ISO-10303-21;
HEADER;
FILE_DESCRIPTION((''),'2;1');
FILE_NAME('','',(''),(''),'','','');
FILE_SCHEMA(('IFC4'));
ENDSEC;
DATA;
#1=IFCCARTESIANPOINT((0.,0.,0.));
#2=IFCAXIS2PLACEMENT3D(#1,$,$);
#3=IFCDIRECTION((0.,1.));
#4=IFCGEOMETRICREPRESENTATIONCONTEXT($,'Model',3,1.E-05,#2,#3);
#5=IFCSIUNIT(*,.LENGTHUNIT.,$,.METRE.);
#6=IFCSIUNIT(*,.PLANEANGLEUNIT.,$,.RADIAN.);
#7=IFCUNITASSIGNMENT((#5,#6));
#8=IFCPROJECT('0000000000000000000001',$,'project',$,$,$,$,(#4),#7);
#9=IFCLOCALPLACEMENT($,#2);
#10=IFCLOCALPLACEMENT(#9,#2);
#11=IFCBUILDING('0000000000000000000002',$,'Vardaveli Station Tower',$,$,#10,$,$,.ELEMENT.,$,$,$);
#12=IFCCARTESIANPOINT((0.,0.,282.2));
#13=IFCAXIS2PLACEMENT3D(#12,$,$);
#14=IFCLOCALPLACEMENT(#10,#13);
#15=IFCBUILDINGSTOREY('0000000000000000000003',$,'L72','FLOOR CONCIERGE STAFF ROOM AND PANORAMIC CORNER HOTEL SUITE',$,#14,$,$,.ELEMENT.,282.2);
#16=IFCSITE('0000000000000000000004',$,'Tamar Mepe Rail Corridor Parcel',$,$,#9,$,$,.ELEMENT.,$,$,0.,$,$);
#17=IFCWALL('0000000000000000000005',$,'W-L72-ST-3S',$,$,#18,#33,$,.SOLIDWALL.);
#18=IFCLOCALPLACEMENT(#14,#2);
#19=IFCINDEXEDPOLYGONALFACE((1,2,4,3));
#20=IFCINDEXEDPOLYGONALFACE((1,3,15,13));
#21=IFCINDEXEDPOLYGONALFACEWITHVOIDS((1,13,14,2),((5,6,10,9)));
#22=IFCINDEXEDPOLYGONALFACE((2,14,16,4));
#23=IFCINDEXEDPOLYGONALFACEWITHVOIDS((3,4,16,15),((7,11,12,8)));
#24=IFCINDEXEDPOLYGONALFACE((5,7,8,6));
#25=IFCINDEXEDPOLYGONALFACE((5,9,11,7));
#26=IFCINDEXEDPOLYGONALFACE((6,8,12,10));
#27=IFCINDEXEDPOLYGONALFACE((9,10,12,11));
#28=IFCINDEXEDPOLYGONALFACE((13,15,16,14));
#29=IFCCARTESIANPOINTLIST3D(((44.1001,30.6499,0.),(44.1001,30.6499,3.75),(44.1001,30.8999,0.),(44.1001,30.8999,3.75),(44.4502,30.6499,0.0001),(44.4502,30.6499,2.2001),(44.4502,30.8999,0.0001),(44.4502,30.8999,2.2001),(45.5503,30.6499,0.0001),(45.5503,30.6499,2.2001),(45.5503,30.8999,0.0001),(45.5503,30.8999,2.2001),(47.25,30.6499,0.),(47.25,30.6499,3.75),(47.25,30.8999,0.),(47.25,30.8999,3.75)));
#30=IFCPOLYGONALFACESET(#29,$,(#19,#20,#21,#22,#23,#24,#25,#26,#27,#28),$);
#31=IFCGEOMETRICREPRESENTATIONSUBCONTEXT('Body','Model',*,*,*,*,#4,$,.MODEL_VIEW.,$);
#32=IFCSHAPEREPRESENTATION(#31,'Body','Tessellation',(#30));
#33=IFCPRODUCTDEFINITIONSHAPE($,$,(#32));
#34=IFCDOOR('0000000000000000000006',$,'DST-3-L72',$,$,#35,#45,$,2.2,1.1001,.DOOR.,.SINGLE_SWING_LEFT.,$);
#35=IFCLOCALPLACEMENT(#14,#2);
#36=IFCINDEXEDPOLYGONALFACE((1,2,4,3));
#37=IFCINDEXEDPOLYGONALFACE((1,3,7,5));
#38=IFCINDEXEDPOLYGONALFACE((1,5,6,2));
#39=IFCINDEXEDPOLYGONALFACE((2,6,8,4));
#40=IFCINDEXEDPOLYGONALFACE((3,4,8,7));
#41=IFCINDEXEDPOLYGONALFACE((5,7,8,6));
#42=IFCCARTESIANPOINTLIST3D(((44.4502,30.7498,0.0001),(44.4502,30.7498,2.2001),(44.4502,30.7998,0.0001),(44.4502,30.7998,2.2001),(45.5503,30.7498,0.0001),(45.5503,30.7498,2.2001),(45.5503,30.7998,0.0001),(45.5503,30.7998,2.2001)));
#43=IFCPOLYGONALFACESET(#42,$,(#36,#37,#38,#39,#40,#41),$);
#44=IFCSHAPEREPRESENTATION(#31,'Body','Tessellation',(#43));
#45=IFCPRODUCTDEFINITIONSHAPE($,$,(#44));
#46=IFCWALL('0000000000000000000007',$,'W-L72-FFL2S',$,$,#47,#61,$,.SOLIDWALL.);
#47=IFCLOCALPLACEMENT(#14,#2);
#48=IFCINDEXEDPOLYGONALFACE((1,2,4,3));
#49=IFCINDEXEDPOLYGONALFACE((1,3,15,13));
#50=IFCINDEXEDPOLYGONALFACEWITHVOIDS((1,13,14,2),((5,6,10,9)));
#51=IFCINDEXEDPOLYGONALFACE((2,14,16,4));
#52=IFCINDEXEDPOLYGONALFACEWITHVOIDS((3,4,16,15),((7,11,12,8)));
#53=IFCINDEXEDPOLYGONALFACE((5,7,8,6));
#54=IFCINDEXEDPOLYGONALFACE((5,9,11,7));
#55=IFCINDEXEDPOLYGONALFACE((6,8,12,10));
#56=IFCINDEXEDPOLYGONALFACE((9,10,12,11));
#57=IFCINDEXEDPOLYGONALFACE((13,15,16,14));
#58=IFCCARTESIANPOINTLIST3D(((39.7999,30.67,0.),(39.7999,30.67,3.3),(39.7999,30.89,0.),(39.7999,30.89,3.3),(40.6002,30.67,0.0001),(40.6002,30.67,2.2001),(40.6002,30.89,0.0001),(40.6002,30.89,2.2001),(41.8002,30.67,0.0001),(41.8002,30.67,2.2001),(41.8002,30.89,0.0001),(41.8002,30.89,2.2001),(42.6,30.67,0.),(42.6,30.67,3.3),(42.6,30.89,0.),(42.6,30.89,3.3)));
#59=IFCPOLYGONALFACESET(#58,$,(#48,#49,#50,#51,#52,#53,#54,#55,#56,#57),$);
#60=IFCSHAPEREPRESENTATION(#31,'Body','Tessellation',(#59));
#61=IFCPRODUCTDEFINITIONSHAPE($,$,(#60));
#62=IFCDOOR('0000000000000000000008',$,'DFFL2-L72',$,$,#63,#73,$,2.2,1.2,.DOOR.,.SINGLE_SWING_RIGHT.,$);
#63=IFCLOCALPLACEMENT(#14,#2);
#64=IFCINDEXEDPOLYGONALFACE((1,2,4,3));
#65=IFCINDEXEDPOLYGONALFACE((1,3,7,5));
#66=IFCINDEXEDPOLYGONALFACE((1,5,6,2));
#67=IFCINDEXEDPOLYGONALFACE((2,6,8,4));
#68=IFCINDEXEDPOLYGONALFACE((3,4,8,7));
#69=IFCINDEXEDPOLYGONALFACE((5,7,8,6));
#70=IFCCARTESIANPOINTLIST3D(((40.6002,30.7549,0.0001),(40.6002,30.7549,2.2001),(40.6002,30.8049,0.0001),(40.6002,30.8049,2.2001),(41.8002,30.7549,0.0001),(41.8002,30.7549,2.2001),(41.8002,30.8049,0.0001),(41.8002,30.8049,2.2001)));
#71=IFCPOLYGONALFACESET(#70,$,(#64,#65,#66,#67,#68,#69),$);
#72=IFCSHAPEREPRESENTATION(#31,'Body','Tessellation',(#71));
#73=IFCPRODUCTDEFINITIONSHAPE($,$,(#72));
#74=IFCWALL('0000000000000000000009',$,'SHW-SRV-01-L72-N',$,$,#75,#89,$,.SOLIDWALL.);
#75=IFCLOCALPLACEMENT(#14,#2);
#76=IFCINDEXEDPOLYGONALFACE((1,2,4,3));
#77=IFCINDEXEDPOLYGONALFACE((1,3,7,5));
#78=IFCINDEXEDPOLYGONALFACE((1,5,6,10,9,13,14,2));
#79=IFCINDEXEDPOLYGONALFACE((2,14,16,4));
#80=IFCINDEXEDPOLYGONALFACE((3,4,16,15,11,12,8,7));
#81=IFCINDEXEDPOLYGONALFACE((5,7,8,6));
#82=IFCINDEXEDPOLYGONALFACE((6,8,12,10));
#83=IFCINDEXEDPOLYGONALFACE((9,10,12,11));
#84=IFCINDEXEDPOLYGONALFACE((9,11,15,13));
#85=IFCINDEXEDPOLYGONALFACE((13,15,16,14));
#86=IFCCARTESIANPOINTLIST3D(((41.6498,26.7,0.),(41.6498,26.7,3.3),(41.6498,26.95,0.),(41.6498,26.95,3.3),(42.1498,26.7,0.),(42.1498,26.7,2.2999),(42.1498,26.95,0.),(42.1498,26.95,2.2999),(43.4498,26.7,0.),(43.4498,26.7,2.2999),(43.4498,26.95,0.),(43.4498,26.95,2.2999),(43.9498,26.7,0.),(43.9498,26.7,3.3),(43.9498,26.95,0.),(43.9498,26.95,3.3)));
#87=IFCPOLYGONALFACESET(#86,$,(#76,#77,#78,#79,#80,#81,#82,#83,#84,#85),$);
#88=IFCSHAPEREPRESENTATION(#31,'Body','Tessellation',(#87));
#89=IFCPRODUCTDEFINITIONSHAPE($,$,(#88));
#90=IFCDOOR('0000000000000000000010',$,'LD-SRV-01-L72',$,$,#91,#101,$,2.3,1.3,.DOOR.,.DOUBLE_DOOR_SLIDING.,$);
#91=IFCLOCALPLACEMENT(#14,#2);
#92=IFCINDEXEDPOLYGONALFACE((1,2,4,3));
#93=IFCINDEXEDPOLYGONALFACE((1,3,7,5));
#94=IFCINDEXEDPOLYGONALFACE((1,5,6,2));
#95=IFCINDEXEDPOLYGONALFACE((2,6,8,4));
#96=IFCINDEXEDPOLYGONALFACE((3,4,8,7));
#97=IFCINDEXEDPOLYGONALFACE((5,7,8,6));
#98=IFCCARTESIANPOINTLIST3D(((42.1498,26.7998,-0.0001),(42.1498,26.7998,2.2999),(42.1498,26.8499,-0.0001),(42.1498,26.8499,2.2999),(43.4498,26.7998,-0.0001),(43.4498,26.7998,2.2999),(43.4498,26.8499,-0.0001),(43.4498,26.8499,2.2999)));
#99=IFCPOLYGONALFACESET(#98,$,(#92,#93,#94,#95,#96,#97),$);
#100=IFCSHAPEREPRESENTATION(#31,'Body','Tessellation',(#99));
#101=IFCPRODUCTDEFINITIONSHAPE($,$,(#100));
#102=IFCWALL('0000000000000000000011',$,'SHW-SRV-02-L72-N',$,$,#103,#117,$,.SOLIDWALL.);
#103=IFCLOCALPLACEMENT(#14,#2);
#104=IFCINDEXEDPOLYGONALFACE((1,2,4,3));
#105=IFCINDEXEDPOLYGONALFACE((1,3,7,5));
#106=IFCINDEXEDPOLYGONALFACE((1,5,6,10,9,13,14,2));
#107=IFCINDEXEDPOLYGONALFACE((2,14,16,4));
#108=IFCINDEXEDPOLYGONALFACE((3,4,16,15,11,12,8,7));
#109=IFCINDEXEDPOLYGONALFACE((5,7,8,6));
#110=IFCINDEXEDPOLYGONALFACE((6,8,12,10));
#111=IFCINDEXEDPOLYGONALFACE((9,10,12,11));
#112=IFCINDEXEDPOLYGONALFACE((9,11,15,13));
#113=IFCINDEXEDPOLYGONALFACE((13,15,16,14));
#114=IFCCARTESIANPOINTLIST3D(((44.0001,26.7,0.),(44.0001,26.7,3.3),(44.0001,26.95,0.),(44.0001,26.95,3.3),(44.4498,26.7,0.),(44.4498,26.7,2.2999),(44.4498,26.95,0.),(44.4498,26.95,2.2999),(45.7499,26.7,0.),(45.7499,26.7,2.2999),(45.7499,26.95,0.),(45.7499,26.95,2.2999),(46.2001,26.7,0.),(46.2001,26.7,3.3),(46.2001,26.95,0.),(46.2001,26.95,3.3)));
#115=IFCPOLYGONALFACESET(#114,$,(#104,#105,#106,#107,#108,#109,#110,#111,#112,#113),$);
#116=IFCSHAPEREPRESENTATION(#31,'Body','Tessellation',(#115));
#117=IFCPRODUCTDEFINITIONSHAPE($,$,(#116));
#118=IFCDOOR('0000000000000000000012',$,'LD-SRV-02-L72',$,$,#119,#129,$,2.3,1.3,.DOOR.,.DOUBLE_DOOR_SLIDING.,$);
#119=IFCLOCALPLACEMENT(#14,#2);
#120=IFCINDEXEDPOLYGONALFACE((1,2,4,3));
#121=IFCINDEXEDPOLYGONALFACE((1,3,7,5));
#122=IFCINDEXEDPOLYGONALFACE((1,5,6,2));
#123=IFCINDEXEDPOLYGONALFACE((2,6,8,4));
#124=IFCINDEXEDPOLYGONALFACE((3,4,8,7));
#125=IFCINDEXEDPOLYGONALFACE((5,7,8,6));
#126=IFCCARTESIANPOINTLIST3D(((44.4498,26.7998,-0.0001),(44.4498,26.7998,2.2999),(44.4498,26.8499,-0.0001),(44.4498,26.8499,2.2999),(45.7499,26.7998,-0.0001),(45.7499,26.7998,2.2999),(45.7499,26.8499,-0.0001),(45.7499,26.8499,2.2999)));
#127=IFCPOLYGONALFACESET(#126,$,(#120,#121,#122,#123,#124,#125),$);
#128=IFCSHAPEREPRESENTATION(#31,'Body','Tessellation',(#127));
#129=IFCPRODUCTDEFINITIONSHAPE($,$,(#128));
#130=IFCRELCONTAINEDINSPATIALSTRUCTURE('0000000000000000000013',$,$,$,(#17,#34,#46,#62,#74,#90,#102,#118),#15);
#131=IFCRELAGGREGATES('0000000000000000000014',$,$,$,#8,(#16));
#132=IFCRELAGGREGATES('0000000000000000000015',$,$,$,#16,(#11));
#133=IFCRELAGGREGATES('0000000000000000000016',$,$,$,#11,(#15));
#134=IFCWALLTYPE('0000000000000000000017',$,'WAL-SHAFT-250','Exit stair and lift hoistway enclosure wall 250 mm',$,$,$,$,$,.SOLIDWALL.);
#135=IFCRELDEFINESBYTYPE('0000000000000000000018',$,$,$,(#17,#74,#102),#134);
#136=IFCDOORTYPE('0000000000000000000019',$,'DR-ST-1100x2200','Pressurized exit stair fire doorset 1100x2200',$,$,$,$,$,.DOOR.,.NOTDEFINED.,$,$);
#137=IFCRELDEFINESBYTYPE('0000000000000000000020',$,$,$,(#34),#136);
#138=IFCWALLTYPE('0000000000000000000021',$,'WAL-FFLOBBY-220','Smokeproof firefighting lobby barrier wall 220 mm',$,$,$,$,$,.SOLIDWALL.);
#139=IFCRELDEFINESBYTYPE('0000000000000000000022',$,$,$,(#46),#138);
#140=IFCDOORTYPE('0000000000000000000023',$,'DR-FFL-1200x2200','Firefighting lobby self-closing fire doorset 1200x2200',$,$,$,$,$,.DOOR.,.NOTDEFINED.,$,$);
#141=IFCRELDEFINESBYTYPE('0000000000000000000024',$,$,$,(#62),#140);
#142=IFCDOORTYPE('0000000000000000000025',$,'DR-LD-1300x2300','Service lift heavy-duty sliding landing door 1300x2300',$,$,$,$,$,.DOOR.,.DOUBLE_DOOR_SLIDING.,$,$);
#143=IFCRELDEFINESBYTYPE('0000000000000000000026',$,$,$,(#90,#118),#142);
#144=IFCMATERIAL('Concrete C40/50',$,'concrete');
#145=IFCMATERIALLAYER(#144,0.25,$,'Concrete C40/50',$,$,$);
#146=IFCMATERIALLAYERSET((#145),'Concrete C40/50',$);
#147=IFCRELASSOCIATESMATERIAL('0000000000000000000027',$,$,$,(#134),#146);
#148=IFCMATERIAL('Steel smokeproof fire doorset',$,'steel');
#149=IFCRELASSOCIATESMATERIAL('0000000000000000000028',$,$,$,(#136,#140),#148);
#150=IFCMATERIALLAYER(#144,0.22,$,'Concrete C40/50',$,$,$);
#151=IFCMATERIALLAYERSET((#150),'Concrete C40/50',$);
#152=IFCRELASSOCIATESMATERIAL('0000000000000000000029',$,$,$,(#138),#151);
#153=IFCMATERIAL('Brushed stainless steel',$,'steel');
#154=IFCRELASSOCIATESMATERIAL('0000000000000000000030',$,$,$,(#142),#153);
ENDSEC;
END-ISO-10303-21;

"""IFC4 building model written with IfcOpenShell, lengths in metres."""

from ifc_helpers import new_model, si_unit, direction, frame, frame_2d, origin, place, context, subcontext, project, spatial, rectangle, extrude, source, transform, mapped, material, layer, layer_set, type_object, element, fill, save


model = new_model("IFC4")

# Units and contexts
model_context = context("Model", 3, precision=1e-05, world=origin(), true_north=direction((0.0, 1.0)))
body_context = subcontext(model_context, "Body", "Model", "MODEL_VIEW")
ifc_project = project(units=[si_unit("LENGTHUNIT", "METRE"), si_unit("PLANEANGLEUNIT", "RADIAN")], contexts=[model_context])

# Site, building, storey
site_placement = place(None, origin())
site = spatial("IfcSite", under=ifc_project, at=site_placement, Name="Tamar Mepe Rail Corridor Parcel", CompositionType="ELEMENT", RefElevation=0.0)
building_placement = place(site_placement, origin())
building = spatial("IfcBuilding", under=site, at=building_placement, Name="Vardaveli Station Tower", CompositionType="ELEMENT")
storey_placement = place(building_placement, frame((0.0, 0.0, 282.2)))
storey = spatial("IfcBuildingStorey", under=building, at=storey_placement, Name="L72", Description="FLOOR CONCIERGE STAFF ROOM AND PANORAMIC CORNER HOTEL SUITE", CompositionType="ELEMENT", Elevation=282.2)

# Shared definitions
ifc_material_1 = material(Name="Concrete C40/50", Category="concrete")
ifc_layer_1 = layer(ifc_material_1, 0.25, Name="Concrete C40/50")
ifc_layer_set_1 = layer_set([ifc_layer_1], Name="Concrete C40/50")
wall_type_1 = type_object("IfcWallType", Name="WAL-SHAFT-250", Description="Exit stair and lift hoistway enclosure wall 250 mm", PredefinedType="SOLIDWALL", material=ifc_layer_set_1)

# Walls, openings, doors
shared_shape_1 = source(origin(), body_context, "Body", "SweptSolid", [
    extrude(rectangle(XDim=3.1499, YDim=0.25, at=frame_2d((1.575, 0.0))), origin(), (0.0, 0.0, 1.0), 3.75),
])
wall_1_placement = place(storey_placement, frame((44.1001, 30.7749, 0.0), z_axis=(0.0, 0.0, 1.0), x_axis=(1.0, 0.0, 0.0)))
wall_1 = element("IfcWall", 1, at=wall_1_placement, inside=storey, type_object=wall_type_1, Name="W-L72-ST-3S", PredefinedType="SOLIDWALL", context=body_context, shape_type="MappedRepresentation", body=[
    mapped(shared_shape_1, transform((0.0, 0.0, 0.0), scale=1.0)),
])
shared_shape_2 = source(origin(), body_context, "Body", "SweptSolid", [
    extrude(rectangle(XDim=1.1001, YDim=2.2, at=frame_2d((0.55, 1.1001))), frame((0.0, 0.135, 0.0), z_axis=(0.0, -1.0, 0.0), x_axis=(1.0, 0.0, 0.0)), (0.0, 0.0, 1.0), 0.27),
])
opening_1_placement = place(wall_1_placement, frame((0.3501, 0.0, 0.0)))
opening_1 = element("IfcOpeningElement", 2, at=opening_1_placement, cuts=wall_1, PredefinedType="OPENING", context=body_context, shape_type="MappedRepresentation", body=[
    mapped(shared_shape_2, transform((0.0, 0.0, 0.0), scale=1.0)),
])
ifc_material_2 = material(Name="Steel smokeproof fire doorset", Category="steel")
door_type_1 = type_object("IfcDoorType", Name="DR-ST-1100x2200", Description="Pressurized exit stair fire doorset 1100x2200", OperationType="NOTDEFINED", PredefinedType="DOOR", material=ifc_material_2)
shared_shape_3 = source(origin(), body_context, "Body", "SweptSolid", [
    extrude(rectangle(XDim=1.1001, YDim=2.2, at=frame_2d((0.55, 1.1001))), frame((0.0, 0.0249, 0.0), z_axis=(0.0, -1.0, 0.0), x_axis=(1.0, 0.0, 0.0)), (0.0, 0.0, 1.0), 0.05),
])
door_1_placement = place(opening_1_placement, origin())
door_1 = element("IfcDoor", 3, at=door_1_placement, inside=storey, type_object=door_type_1, Name="DST-3-L72", OperationType="SINGLE_SWING_LEFT", OverallHeight=2.2, OverallWidth=1.1001, PredefinedType="DOOR", context=body_context, shape_type="MappedRepresentation", body=[
    mapped(shared_shape_3, transform((0.0, 0.0, 0.0), scale=1.0)),
])
fill(opening_1, door_1)
ifc_layer_2 = layer(ifc_material_1, 0.22, Name="Concrete C40/50")
ifc_layer_set_2 = layer_set([ifc_layer_2], Name="Concrete C40/50")
wall_type_2 = type_object("IfcWallType", Name="WAL-FFLOBBY-220", Description="Smokeproof firefighting lobby barrier wall 220 mm", PredefinedType="SOLIDWALL", material=ifc_layer_set_2)
shared_shape_4 = source(origin(), body_context, "Body", "SweptSolid", [
    extrude(rectangle(XDim=2.8, YDim=0.22, at=frame_2d((1.3999, 0.0))), origin(), (0.0, 0.0, 1.0), 3.3),
])
wall_2_placement = place(storey_placement, frame((39.8, 30.78, 0.0), z_axis=(0.0, 0.0, 1.0), x_axis=(1.0, 0.0, 0.0)))
wall_2 = element("IfcWall", 4, at=wall_2_placement, inside=storey, type_object=wall_type_2, Name="W-L72-FFL2S", PredefinedType="SOLIDWALL", context=body_context, shape_type="MappedRepresentation", body=[
    mapped(shared_shape_4, transform((0.0, 0.0, 0.0), scale=1.0)),
])
shared_shape_5 = source(origin(), body_context, "Body", "SweptSolid", [
    extrude(rectangle(XDim=1.2, YDim=2.2, at=frame_2d((0.6001, 1.1001))), frame((0.0, 0.1201, 0.0), z_axis=(0.0, -1.0, 0.0), x_axis=(1.0, 0.0, 0.0)), (0.0, 0.0, 1.0), 0.24),
])
opening_2_placement = place(wall_2_placement, frame((0.8, 0.0, 0.0)))
opening_2 = element("IfcOpeningElement", 5, at=opening_2_placement, cuts=wall_2, PredefinedType="OPENING", context=body_context, shape_type="MappedRepresentation", body=[
    mapped(shared_shape_5, transform((0.0, 0.0, 0.0), scale=1.0)),
])
door_type_2 = type_object("IfcDoorType", Name="DR-FFL-1200x2200", Description="Firefighting lobby self-closing fire doorset 1200x2200", OperationType="NOTDEFINED", PredefinedType="DOOR", material=ifc_material_2)
shared_shape_6 = source(origin(), body_context, "Body", "SweptSolid", [
    extrude(rectangle(XDim=1.2, YDim=2.2, at=frame_2d((0.6001, 1.1001))), frame((0.0, 0.0249, 0.0), z_axis=(0.0, -1.0, 0.0), x_axis=(1.0, 0.0, 0.0)), (0.0, 0.0, 1.0), 0.05),
])
door_2_placement = place(opening_2_placement, origin())
door_2 = element("IfcDoor", 6, at=door_2_placement, inside=storey, type_object=door_type_2, Name="DFFL2-L72", OperationType="SINGLE_SWING_RIGHT", OverallHeight=2.2, OverallWidth=1.2, PredefinedType="DOOR", context=body_context, shape_type="MappedRepresentation", body=[
    mapped(shared_shape_6, transform((0.0, 0.0, 0.0), scale=1.0)),
])
fill(opening_2, door_2)
shared_shape_7 = source(origin(), body_context, "Body", "SweptSolid", [
    extrude(rectangle(XDim=2.3, YDim=0.25, at=frame_2d((1.1499, 0.0))), origin(), (0.0, 0.0, 1.0), 3.3),
])
wall_3_placement = place(storey_placement, frame((41.6499, 26.825, 0.0), z_axis=(0.0, 0.0, 1.0), x_axis=(1.0, 0.0, 0.0)))
wall_3 = element("IfcWall", 7, at=wall_3_placement, inside=storey, type_object=wall_type_1, Name="SHW-SRV-01-L72-N", PredefinedType="SOLIDWALL", context=body_context, shape_type="MappedRepresentation", body=[
    mapped(shared_shape_7, transform((0.0, 0.0, 0.0), scale=1.0)),
])
shared_shape_8 = source(origin(), body_context, "Body", "SweptSolid", [
    extrude(rectangle(XDim=1.3, YDim=2.3, at=frame_2d((0.6499, 1.1499))), frame((0.0, 0.135, 0.0), z_axis=(0.0, -1.0, 0.0), x_axis=(1.0, 0.0, 0.0)), (0.0, 0.0, 1.0), 0.27),
])
opening_3_placement = place(wall_3_placement, frame((0.5, 0.0, 0.0)))
opening_3 = element("IfcOpeningElement", 8, at=opening_3_placement, cuts=wall_3, PredefinedType="OPENING", context=body_context, shape_type="MappedRepresentation", body=[
    mapped(shared_shape_8, transform((0.0, 0.0, 0.0), scale=1.0)),
])
ifc_material_3 = material(Name="Brushed stainless steel", Category="steel")
door_type_3 = type_object("IfcDoorType", Name="DR-LD-1300x2300", Description="Service lift heavy-duty sliding landing door 1300x2300", OperationType="DOUBLE_DOOR_SLIDING", PredefinedType="DOOR", material=ifc_material_3)
shared_shape_9 = source(origin(), body_context, "Body", "SweptSolid", [
    extrude(rectangle(XDim=1.3, YDim=2.3, at=frame_2d((0.6499, 1.1499))), frame((0.0, 0.0249, 0.0), z_axis=(0.0, -1.0, 0.0), x_axis=(1.0, 0.0, 0.0)), (0.0, 0.0, 1.0), 0.05),
])
door_3_placement = place(opening_3_placement, origin())
door_3 = element("IfcDoor", 9, at=door_3_placement, inside=storey, type_object=door_type_3, Name="LD-SRV-01-L72", OperationType="DOUBLE_DOOR_SLIDING", OverallHeight=2.3, OverallWidth=1.3, PredefinedType="DOOR", context=body_context, shape_type="MappedRepresentation", body=[
    mapped(shared_shape_9, transform((0.0, 0.0, 0.0), scale=1.0)),
])
fill(opening_3, door_3)
shared_shape_10 = source(origin(), body_context, "Body", "SweptSolid", [
    extrude(rectangle(XDim=2.2, YDim=0.25, at=frame_2d((1.1001, 0.0))), origin(), (0.0, 0.0, 1.0), 3.3),
])
wall_4_placement = place(storey_placement, frame((44.0, 26.825, 0.0), z_axis=(0.0, 0.0, 1.0), x_axis=(1.0, 0.0, 0.0)))
wall_4 = element("IfcWall", 10, at=wall_4_placement, inside=storey, type_object=wall_type_1, Name="SHW-SRV-02-L72-N", PredefinedType="SOLIDWALL", context=body_context, shape_type="MappedRepresentation", body=[
    mapped(shared_shape_10, transform((0.0, 0.0, 0.0), scale=1.0)),
])
opening_4_placement = place(wall_4_placement, frame((0.45, 0.0, 0.0)))
opening_4 = element("IfcOpeningElement", 11, at=opening_4_placement, cuts=wall_4, PredefinedType="OPENING", context=body_context, shape_type="MappedRepresentation", body=[
    mapped(shared_shape_8, transform((0.0, 0.0, 0.0), scale=1.0)),
])
door_4_placement = place(opening_4_placement, origin())
door_4 = element("IfcDoor", 12, at=door_4_placement, inside=storey, type_object=door_type_3, Name="LD-SRV-02-L72", OperationType="DOUBLE_DOOR_SLIDING", OverallHeight=2.3, OverallWidth=1.3, PredefinedType="DOOR", context=body_context, shape_type="MappedRepresentation", body=[
    mapped(shared_shape_9, transform((0.0, 0.0, 0.0), scale=1.0)),
])
fill(opening_4, door_4)

save(model, "model.ifc")
